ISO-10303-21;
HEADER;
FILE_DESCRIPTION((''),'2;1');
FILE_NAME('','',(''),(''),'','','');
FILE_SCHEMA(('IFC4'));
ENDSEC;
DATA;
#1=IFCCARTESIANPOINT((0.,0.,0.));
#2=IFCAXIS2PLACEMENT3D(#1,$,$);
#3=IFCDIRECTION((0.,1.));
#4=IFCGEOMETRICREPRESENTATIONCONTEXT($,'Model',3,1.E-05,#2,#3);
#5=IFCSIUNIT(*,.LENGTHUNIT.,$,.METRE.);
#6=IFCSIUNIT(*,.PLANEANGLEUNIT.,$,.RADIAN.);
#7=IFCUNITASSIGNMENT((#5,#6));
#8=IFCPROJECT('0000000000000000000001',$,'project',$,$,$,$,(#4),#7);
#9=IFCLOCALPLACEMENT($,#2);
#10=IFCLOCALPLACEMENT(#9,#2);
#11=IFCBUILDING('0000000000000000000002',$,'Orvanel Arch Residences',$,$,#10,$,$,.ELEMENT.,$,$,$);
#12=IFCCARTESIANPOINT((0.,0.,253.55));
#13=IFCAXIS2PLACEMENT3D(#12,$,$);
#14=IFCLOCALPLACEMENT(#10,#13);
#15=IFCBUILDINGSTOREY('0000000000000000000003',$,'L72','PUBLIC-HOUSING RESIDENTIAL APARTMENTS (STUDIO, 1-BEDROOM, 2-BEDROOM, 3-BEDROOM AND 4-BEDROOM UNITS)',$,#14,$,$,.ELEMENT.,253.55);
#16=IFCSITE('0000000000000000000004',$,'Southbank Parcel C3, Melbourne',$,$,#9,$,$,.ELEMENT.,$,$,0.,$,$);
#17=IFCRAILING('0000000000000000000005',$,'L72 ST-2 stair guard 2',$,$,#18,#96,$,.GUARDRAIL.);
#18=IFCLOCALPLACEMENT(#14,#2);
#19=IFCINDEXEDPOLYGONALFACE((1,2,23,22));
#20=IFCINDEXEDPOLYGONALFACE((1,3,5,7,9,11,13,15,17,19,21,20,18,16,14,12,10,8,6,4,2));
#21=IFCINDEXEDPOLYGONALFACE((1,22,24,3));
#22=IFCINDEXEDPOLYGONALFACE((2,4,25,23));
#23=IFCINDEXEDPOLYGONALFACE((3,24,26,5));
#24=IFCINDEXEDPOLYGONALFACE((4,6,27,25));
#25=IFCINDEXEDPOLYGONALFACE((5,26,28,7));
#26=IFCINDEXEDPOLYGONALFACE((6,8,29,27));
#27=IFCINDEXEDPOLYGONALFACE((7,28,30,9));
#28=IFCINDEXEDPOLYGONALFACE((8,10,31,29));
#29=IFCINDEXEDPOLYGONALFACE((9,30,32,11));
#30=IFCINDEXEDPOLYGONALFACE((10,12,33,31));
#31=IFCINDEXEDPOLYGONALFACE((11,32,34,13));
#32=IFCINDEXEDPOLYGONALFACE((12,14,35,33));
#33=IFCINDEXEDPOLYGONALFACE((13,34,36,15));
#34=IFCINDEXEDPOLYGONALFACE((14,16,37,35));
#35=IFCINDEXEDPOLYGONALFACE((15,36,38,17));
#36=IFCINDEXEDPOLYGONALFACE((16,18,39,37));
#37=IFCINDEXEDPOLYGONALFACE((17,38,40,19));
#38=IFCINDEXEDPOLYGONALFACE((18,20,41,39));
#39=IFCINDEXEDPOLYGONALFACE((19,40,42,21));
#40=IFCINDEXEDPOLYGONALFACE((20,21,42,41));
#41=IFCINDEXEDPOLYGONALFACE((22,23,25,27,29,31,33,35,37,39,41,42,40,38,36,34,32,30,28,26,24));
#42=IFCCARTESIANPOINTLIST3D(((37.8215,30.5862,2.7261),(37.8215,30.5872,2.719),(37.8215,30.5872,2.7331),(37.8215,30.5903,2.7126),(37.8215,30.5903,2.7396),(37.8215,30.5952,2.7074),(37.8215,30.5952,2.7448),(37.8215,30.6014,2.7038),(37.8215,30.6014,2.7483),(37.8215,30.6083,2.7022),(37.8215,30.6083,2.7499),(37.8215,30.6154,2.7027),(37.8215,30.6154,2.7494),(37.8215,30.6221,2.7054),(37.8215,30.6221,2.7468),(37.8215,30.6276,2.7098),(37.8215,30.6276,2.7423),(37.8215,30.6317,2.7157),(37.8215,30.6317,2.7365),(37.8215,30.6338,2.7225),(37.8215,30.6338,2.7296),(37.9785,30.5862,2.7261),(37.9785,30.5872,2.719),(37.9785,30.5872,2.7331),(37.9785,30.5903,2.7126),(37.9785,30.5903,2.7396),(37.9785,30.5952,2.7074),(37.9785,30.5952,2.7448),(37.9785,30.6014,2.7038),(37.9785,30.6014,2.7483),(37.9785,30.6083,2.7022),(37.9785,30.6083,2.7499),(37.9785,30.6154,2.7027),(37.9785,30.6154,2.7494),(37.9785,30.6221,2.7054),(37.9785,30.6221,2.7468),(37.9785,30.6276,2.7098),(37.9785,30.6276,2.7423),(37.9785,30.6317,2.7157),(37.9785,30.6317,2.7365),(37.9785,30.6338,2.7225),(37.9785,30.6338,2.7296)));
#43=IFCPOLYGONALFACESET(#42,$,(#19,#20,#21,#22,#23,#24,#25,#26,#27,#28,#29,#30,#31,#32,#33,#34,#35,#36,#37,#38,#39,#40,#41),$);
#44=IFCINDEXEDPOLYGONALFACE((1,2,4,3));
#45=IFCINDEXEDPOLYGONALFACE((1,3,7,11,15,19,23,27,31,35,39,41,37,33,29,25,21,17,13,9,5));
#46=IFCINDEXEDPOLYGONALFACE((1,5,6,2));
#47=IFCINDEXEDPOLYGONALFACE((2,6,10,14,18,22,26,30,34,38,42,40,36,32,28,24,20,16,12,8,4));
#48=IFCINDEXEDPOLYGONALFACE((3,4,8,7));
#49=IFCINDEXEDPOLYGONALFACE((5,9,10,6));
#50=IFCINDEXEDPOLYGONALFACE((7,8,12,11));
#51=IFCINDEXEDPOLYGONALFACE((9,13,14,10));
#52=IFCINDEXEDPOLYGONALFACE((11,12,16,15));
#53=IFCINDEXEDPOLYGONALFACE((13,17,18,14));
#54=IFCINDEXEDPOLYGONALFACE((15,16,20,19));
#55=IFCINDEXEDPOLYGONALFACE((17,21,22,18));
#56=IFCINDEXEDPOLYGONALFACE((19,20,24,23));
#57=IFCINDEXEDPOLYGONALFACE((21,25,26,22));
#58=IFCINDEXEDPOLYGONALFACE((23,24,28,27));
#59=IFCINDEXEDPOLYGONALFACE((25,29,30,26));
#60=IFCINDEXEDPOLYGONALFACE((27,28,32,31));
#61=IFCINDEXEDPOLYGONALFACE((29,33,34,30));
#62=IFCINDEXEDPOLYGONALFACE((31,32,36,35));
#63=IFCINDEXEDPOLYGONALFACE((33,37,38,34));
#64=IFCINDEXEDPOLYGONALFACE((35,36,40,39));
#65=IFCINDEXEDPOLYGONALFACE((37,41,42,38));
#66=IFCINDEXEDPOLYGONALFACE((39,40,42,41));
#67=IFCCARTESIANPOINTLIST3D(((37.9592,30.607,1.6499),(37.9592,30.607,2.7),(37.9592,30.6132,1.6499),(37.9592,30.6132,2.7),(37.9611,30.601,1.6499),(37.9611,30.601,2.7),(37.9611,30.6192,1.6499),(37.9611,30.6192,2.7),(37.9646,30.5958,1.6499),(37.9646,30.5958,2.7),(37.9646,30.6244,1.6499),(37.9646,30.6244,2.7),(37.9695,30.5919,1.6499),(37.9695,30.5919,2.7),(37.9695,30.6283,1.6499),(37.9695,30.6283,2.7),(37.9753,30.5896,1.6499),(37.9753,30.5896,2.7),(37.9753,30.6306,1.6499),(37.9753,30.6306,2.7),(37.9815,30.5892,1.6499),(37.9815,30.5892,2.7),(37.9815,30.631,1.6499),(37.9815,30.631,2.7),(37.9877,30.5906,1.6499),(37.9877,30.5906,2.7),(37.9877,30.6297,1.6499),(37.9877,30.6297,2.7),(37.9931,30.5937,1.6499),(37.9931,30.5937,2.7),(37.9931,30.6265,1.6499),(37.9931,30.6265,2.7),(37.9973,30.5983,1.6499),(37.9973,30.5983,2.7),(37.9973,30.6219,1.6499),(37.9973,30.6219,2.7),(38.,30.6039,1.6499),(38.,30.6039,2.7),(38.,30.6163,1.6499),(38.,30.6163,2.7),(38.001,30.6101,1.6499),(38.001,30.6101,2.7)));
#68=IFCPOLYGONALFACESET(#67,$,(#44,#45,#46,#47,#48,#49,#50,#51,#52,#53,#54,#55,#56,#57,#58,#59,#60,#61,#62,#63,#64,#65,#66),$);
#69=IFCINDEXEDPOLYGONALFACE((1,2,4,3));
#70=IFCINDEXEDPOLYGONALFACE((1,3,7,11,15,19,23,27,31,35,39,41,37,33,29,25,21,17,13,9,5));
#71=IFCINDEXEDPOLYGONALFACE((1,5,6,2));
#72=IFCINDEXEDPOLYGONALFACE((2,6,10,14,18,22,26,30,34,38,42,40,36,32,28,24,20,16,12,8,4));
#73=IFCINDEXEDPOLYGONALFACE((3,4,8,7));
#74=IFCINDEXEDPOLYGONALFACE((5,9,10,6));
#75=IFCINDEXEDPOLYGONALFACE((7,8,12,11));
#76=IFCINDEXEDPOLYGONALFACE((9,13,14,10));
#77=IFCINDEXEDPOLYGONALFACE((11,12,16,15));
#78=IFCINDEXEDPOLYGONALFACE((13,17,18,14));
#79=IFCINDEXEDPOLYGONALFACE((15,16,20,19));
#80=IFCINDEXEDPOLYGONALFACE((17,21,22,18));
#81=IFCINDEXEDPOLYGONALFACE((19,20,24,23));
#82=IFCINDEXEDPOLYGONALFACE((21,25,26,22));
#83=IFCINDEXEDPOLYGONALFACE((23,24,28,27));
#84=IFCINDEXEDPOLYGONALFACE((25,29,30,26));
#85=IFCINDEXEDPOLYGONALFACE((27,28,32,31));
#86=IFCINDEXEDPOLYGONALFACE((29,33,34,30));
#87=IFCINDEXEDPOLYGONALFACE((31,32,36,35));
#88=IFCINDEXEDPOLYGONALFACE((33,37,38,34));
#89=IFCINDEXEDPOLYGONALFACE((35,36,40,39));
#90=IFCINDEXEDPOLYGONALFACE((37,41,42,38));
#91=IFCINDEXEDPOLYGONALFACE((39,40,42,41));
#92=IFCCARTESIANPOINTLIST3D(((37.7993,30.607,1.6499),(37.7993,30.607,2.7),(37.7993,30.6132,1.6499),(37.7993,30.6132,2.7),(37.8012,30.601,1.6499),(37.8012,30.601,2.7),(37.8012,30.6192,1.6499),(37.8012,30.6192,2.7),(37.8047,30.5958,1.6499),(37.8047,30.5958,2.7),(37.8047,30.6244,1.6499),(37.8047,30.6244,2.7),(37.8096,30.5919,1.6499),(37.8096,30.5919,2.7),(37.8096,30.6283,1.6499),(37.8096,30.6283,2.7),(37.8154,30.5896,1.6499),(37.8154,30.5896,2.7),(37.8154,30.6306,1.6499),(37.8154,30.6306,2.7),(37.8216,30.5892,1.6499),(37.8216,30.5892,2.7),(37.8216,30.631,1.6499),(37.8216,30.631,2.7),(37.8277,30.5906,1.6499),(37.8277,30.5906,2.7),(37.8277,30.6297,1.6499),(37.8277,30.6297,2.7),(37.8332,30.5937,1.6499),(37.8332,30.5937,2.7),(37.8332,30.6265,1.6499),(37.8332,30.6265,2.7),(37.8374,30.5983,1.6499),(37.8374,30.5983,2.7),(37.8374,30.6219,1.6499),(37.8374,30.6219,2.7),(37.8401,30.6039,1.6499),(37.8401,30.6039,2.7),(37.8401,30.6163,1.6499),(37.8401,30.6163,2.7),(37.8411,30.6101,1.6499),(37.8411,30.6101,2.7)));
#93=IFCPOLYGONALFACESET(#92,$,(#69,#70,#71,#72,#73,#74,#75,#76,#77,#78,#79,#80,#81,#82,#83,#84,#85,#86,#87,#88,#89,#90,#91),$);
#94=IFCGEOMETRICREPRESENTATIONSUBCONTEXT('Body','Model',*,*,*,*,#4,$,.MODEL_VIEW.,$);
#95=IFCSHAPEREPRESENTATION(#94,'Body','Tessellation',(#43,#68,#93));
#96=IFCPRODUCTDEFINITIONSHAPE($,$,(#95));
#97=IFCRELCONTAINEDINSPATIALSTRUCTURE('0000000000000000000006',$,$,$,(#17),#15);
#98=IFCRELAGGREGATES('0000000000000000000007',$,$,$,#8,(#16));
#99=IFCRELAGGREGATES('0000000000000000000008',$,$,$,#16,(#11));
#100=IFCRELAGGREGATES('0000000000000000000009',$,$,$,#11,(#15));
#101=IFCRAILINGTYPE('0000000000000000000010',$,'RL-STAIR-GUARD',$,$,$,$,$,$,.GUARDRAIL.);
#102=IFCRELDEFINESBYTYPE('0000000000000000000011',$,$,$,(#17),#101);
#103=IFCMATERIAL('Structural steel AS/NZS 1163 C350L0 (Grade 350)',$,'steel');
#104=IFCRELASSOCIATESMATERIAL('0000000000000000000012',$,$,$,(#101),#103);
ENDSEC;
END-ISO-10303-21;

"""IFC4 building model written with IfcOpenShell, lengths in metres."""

from ifc_helpers import new_model, si_unit, direction, frame, origin, origin_2d, place, context, subcontext, project, spatial, circle, extrude, material, type_object, element, save


model = new_model("IFC4")

# Units and contexts
model_context = context("Model", 3, precision=1e-05, world=origin(), true_north=direction((0.0, 1.0)))
body_context = subcontext(model_context, "Body", "Model", "MODEL_VIEW")
ifc_project = project(units=[si_unit("LENGTHUNIT", "METRE"), si_unit("PLANEANGLEUNIT", "RADIAN")], contexts=[model_context])

# Site, building, storey
site_placement = place(None, origin())
site = spatial("IfcSite", under=ifc_project, at=site_placement, Name="Southbank Parcel C3, Melbourne", CompositionType="ELEMENT", RefElevation=0.0)
building_placement = place(site_placement, origin())
building = spatial("IfcBuilding", under=site, at=building_placement, Name="Orvanel Arch Residences", CompositionType="ELEMENT")
storey_placement = place(building_placement, frame((0.0, 0.0, 253.55)))
storey = spatial("IfcBuildingStorey", under=building, at=storey_placement, Name="L72", Description="PUBLIC-HOUSING RESIDENTIAL APARTMENTS (STUDIO, 1-BEDROOM, 2-BEDROOM, 3-BEDROOM AND 4-BEDROOM UNITS)", CompositionType="ELEMENT", Elevation=253.55)

# Railing
ifc_material_1 = material(Name="Structural steel AS/NZS 1163 C350L0 (Grade 350)", Category="steel")
railing_type_1 = type_object("IfcRailingType", Name="RL-STAIR-GUARD", PredefinedType="GUARDRAIL", material=ifc_material_1)
railing_1_placement = place(storey_placement, frame((37.98, 30.6101, 1.6499)))
element("IfcRailing", 1, at=railing_1_placement, inside=storey, type_object=railing_type_1, Name="L72 ST-2 stair guard 2", PredefinedType="GUARDRAIL", context=body_context, shape_type="SweptSolid", body=[
    extrude(circle(Radius=0.0239, at=origin_2d()), frame((-0.0015, 0.0, 1.0762), z_axis=(-1.0, 0.0, 0.0), x_axis=(0.0, -1.0, 0.0)), (0.0, 0.0, 1.0), 0.157),
    extrude(circle(Radius=0.021, at=origin_2d()), origin(), (0.0, 0.0, 1.0), 1.05),
    extrude(circle(Radius=0.021, at=origin_2d()), frame((-0.1599, 0.0, 0.0)), (0.0, 0.0, 1.0), 1.05),
])

save(model, "model.ifc")
